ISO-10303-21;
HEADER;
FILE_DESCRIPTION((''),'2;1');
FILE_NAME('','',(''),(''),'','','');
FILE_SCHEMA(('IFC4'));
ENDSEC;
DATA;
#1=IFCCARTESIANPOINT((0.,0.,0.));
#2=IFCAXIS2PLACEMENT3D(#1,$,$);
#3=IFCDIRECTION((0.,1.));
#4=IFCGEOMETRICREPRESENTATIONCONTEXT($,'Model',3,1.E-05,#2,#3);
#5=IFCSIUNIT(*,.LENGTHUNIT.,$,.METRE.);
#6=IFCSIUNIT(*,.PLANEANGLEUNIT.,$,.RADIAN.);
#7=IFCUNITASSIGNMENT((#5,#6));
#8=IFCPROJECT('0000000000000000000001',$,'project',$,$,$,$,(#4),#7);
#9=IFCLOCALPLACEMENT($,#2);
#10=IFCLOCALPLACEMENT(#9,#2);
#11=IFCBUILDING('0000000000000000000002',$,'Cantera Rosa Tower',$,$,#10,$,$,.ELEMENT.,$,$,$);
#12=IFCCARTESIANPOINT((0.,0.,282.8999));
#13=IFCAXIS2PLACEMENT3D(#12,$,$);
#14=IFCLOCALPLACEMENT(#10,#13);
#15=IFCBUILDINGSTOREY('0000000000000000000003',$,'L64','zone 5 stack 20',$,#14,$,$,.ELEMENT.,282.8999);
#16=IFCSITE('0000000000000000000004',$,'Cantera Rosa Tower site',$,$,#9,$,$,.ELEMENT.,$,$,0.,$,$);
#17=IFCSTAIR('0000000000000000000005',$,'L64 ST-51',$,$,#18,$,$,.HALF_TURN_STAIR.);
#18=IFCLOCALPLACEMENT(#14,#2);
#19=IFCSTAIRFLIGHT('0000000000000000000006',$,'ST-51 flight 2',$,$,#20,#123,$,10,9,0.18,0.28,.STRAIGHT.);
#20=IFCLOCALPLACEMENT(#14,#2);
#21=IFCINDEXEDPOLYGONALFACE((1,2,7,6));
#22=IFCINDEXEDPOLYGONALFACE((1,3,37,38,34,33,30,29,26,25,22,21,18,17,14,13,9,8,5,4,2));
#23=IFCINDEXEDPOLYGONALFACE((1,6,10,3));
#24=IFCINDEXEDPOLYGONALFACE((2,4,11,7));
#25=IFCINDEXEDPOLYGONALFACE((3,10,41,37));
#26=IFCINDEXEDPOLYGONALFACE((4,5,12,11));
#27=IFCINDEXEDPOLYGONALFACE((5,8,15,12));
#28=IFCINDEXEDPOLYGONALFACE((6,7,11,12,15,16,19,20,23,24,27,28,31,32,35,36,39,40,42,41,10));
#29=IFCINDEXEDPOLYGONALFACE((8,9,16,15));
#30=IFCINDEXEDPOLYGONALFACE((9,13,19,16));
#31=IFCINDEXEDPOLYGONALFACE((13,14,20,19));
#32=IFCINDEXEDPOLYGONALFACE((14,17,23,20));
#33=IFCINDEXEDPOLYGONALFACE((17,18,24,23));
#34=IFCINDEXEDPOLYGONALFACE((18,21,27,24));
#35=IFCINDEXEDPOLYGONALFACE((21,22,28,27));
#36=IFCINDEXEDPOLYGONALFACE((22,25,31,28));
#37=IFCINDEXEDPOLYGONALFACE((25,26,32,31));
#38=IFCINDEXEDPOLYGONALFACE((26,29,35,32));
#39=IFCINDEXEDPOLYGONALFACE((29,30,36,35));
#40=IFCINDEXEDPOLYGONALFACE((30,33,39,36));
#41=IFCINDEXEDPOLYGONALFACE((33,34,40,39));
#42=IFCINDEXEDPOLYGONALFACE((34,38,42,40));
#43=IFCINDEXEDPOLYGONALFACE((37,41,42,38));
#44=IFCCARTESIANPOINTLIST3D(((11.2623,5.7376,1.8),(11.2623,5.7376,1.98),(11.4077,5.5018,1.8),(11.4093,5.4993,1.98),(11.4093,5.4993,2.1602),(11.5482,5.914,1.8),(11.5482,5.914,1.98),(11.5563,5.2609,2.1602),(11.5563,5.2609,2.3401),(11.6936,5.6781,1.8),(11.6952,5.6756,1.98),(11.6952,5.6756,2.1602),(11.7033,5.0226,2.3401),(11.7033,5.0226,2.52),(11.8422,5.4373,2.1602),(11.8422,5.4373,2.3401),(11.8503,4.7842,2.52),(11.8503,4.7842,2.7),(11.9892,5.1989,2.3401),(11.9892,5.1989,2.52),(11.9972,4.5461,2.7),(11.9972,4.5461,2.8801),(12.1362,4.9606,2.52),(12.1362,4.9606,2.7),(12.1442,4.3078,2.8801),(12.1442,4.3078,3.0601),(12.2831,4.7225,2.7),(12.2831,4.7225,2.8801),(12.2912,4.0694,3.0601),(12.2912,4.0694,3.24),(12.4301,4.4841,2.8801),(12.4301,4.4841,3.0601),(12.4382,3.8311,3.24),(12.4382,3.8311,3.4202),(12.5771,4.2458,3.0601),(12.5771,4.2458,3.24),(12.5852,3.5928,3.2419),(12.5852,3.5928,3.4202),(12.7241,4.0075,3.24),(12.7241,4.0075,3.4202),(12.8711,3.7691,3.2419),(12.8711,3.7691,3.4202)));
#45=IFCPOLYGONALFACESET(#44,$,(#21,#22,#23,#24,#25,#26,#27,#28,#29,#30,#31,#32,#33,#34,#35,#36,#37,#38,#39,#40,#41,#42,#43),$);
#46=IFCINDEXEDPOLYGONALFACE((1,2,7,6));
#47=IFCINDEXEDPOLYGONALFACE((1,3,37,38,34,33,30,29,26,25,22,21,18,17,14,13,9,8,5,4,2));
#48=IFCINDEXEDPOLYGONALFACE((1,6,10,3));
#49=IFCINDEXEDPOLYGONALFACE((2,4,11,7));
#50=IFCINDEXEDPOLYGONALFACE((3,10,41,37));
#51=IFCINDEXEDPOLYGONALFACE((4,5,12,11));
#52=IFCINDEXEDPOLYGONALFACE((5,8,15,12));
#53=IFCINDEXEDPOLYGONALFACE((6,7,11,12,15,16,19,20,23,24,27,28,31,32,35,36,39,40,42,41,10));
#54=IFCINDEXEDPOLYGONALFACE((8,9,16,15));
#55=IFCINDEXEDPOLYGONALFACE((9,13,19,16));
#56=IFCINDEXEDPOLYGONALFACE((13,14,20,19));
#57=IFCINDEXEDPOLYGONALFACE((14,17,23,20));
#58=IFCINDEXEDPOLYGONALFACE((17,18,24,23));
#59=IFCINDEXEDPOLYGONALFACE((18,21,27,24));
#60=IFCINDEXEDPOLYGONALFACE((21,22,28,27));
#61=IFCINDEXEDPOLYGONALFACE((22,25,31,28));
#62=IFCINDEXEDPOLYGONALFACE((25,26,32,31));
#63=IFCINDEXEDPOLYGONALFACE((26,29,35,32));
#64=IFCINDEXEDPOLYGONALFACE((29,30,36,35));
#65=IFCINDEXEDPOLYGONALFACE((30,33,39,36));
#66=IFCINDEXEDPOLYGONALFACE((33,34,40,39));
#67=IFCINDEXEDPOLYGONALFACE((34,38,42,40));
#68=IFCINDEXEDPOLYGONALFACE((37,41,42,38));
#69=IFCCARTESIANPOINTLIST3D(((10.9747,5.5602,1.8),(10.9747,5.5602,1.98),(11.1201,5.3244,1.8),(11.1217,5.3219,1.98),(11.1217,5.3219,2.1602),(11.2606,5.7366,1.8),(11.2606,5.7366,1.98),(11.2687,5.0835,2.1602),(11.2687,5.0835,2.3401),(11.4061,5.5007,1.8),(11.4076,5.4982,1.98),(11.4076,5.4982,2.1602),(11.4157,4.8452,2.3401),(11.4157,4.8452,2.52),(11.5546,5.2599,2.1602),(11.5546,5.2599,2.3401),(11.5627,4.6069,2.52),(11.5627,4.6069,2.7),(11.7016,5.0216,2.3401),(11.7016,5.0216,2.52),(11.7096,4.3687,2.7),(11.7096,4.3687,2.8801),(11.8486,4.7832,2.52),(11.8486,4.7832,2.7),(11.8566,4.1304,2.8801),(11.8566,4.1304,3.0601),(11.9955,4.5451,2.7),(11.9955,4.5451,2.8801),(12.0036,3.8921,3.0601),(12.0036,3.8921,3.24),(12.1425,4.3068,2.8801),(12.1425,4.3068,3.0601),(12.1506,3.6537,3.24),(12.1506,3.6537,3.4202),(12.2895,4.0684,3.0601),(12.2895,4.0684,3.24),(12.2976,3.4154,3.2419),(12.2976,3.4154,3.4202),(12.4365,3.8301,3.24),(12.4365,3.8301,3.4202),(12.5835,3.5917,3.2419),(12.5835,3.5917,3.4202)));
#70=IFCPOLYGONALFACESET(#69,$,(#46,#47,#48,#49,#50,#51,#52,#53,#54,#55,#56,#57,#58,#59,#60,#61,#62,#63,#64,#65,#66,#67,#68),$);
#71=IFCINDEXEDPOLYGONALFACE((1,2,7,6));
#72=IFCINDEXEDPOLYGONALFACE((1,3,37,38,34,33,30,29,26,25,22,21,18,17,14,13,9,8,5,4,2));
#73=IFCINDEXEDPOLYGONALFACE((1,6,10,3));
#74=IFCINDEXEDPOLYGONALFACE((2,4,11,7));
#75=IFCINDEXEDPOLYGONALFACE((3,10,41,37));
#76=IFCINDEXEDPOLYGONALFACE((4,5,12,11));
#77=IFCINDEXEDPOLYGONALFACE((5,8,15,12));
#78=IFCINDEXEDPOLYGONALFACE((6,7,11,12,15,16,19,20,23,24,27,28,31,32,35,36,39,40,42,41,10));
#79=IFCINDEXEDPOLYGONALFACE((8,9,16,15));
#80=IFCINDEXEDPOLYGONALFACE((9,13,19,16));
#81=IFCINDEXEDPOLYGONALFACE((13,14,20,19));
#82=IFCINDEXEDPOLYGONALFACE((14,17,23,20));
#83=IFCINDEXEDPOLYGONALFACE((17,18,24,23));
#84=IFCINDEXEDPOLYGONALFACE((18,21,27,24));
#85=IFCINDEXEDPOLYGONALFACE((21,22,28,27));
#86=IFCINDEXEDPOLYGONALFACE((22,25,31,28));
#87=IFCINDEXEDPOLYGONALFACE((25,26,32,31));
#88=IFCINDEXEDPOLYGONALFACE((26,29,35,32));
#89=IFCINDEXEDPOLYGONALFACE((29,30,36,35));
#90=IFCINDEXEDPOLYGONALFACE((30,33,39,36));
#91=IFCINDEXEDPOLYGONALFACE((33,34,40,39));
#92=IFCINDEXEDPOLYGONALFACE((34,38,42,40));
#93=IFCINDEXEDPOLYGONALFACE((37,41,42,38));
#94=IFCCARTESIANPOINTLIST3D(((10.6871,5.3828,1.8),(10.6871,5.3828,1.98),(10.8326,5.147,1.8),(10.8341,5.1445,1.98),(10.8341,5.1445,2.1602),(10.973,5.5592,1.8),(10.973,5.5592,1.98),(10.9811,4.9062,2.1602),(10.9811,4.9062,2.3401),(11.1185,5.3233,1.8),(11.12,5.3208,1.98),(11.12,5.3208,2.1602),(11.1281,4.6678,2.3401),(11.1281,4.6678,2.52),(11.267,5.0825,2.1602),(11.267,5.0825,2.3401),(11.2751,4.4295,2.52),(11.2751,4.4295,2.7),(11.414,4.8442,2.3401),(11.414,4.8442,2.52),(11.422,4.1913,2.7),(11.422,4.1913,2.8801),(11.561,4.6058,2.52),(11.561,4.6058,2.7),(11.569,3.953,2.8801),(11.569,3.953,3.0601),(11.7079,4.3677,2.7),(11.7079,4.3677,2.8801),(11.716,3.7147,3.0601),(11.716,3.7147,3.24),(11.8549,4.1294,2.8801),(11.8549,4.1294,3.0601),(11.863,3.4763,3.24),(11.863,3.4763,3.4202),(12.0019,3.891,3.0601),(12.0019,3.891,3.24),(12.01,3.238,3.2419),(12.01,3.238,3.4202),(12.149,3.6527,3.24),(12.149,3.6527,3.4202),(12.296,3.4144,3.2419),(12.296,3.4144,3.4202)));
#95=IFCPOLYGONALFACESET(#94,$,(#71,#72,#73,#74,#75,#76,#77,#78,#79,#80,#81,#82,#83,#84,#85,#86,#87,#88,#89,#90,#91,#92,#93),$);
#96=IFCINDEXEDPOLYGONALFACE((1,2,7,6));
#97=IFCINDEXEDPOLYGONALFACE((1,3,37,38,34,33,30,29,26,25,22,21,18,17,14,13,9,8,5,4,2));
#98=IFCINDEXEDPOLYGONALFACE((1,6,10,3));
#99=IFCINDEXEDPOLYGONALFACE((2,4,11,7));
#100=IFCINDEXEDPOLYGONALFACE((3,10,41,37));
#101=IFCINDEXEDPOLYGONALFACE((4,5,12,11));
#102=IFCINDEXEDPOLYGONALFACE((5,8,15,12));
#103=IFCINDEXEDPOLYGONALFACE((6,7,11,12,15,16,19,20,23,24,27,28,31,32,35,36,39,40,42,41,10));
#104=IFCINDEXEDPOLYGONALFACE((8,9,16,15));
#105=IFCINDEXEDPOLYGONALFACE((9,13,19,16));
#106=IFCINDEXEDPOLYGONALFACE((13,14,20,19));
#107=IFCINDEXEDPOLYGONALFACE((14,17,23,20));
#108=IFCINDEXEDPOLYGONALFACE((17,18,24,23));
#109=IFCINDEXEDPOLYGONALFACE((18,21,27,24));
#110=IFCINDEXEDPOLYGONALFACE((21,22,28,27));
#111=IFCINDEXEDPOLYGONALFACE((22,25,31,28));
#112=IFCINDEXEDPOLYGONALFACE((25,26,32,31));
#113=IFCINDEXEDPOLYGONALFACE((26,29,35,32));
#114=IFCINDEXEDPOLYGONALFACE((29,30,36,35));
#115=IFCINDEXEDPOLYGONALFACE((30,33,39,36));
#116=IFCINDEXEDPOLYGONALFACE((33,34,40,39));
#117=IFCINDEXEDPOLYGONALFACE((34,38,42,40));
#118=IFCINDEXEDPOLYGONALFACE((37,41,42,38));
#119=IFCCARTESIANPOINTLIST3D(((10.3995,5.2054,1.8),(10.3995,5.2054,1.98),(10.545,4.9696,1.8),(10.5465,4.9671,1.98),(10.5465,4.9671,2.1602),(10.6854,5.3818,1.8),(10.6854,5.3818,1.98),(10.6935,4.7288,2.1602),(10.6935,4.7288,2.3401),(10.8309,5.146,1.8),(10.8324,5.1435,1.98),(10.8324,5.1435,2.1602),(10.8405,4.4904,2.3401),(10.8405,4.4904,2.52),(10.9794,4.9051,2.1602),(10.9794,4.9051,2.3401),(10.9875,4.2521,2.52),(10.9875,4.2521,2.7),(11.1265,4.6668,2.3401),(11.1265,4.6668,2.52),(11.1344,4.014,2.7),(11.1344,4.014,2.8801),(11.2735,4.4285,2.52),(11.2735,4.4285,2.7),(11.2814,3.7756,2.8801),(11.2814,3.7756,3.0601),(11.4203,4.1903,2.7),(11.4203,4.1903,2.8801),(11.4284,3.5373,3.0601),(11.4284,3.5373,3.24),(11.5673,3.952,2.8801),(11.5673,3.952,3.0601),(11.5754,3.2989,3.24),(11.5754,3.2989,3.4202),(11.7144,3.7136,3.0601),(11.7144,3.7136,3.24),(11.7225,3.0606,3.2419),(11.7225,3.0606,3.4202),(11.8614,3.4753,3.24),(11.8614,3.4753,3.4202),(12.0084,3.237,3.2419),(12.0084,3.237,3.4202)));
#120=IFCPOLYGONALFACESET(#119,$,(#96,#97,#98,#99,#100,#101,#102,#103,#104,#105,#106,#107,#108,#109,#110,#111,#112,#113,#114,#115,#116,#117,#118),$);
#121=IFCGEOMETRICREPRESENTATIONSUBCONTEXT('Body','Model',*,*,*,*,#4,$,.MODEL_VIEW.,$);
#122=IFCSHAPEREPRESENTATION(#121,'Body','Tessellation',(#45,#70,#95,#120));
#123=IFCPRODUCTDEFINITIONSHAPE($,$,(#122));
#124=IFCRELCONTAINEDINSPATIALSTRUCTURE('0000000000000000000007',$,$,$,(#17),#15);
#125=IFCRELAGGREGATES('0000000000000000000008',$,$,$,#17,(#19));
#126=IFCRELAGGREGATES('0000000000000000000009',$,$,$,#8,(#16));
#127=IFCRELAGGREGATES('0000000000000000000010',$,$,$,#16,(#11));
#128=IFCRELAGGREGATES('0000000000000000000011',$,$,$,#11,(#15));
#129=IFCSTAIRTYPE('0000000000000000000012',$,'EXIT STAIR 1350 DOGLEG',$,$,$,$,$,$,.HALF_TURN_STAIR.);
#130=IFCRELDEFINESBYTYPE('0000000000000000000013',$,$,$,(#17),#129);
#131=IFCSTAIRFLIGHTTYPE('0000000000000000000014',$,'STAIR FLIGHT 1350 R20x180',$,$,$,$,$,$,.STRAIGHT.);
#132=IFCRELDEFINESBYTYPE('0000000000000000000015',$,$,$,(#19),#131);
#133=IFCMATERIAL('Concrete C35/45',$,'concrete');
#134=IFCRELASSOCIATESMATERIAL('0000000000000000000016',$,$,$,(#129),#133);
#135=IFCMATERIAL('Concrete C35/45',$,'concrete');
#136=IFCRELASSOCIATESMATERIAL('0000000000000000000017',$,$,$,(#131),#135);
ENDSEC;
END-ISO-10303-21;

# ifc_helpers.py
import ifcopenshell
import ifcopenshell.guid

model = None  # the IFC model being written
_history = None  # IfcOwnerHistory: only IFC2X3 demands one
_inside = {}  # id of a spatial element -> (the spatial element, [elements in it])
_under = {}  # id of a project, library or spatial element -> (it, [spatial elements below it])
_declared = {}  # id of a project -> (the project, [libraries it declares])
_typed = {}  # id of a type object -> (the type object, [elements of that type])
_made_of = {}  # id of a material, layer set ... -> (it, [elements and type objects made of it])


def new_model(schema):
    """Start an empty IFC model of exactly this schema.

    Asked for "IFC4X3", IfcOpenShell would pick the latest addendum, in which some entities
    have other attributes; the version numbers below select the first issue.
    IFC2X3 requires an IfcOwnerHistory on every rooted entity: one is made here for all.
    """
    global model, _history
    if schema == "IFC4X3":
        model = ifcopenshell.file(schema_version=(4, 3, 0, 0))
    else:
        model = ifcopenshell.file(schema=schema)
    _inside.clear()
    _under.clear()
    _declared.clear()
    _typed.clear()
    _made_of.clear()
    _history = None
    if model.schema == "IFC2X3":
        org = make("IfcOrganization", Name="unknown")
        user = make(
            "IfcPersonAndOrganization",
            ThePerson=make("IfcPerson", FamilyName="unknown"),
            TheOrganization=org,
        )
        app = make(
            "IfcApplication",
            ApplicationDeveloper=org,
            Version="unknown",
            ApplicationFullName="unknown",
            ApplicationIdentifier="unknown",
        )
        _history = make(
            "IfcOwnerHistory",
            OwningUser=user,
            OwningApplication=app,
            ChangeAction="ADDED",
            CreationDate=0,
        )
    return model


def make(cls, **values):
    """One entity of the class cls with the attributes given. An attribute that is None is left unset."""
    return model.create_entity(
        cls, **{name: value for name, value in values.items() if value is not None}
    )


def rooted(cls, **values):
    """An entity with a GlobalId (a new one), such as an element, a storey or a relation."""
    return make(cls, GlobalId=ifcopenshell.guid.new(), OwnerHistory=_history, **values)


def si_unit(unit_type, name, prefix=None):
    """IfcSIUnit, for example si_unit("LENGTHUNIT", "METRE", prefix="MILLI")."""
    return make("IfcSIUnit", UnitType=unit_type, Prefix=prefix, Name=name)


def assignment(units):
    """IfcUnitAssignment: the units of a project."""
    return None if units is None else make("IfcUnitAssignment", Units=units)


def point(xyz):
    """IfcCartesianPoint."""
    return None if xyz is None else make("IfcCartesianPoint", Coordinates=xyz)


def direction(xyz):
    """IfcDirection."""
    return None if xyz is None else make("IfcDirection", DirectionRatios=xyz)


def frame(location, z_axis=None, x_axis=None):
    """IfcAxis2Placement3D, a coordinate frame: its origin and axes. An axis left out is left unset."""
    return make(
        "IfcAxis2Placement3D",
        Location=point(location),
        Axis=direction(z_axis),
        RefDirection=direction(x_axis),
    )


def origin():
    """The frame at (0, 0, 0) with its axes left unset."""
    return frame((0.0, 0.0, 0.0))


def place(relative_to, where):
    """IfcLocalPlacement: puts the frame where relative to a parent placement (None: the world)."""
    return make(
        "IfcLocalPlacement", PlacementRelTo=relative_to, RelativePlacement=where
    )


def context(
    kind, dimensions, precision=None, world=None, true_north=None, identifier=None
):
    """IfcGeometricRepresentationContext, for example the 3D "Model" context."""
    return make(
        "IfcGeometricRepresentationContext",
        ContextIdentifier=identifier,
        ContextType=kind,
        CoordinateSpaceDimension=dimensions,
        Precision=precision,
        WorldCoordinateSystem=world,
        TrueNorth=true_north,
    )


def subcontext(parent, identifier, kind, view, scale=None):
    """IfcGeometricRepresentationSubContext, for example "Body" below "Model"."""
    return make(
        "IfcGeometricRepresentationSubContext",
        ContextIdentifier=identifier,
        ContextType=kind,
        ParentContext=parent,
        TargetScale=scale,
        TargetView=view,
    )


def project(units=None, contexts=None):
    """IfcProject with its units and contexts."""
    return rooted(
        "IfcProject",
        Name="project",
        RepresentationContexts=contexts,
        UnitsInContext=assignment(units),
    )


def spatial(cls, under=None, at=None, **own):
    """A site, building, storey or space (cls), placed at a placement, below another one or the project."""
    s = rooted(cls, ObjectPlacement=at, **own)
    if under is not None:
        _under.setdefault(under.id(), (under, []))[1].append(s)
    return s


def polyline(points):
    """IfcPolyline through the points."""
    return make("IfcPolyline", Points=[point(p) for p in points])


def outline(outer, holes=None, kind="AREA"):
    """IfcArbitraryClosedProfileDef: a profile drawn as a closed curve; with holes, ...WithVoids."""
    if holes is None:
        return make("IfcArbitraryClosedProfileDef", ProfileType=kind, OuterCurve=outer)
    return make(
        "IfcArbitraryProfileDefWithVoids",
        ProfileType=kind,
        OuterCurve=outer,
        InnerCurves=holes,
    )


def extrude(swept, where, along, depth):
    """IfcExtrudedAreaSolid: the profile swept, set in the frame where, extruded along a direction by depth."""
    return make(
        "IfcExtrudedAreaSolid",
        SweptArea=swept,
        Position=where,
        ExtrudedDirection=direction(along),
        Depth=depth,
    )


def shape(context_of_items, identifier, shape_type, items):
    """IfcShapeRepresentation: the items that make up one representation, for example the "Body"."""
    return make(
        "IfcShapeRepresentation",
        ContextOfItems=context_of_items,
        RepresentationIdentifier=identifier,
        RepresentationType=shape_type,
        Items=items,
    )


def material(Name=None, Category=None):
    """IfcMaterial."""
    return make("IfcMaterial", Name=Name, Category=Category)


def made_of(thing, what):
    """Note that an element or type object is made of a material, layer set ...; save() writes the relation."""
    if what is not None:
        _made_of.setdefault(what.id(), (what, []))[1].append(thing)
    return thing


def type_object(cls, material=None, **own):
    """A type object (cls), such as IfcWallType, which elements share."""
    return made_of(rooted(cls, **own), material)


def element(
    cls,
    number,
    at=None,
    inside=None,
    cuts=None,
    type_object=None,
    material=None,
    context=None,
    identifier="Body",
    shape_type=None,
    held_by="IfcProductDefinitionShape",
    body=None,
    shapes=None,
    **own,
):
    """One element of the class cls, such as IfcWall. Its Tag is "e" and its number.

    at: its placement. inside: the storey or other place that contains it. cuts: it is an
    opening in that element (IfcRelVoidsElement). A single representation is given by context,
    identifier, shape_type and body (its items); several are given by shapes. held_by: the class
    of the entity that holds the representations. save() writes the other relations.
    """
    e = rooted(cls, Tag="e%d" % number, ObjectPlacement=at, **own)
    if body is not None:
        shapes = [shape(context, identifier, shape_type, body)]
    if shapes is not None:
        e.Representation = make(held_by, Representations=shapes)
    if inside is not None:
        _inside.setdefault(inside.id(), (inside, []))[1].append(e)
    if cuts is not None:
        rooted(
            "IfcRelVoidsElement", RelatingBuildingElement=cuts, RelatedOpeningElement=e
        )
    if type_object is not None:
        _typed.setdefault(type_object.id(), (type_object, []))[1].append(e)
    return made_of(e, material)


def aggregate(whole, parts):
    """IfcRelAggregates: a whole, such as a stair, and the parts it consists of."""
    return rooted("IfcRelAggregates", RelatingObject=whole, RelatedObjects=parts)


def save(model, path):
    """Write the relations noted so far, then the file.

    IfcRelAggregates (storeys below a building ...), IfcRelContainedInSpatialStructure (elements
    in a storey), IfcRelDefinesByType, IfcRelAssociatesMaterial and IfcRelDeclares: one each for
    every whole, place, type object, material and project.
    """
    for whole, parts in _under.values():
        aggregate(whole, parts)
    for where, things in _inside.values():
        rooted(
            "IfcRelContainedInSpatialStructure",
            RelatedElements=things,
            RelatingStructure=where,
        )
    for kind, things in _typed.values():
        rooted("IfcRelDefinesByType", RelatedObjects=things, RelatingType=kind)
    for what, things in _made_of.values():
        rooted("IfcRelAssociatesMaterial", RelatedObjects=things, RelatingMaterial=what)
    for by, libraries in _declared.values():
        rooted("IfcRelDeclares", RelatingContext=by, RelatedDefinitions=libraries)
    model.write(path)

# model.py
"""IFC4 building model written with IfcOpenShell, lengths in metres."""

from ifc_helpers import new_model, si_unit, direction, frame, origin, place, context, subcontext, project, spatial, polyline, outline, extrude, material, type_object, element, aggregate, save


model = new_model("IFC4")

# Units and contexts
model_context = context("Model", 3, precision=1e-05, world=origin(), true_north=direction((0.0, 1.0)))
body_context = subcontext(model_context, "Body", "Model", "MODEL_VIEW")
ifc_project = project(units=[si_unit("LENGTHUNIT", "METRE"), si_unit("PLANEANGLEUNIT", "RADIAN")], contexts=[model_context])

# Site, building, storey
site_placement = place(None, origin())
site = spatial("IfcSite", under=ifc_project, at=site_placement, Name="Cantera Rosa Tower site", CompositionType="ELEMENT", RefElevation=0.0)
building_placement = place(site_placement, origin())
building = spatial("IfcBuilding", under=site, at=building_placement, Name="Cantera Rosa Tower", CompositionType="ELEMENT")
storey_placement = place(building_placement, frame((0.0, 0.0, 282.8999)))
storey = spatial("IfcBuildingStorey", under=building, at=storey_placement, Name="L64", Description="zone 5 stack 20", CompositionType="ELEMENT", Elevation=282.8999)

# Shared definitions
ifc_material_1 = material(Name="Concrete C35/45", Category="concrete")
stair_type_1 = type_object("IfcStairType", Name="EXIT STAIR 1350 DOGLEG", PredefinedType="HALF_TURN_STAIR", material=ifc_material_1)

# Stair, stair flight
stair_1_placement = place(storey_placement, origin())
stair_1 = element("IfcStair", 1, at=stair_1_placement, inside=storey, type_object=stair_type_1, Name="L64 ST-51", PredefinedType="HALF_TURN_STAIR")
ifc_material_2 = material(Name="Concrete C35/45", Category="concrete")
stair_flight_type = type_object("IfcStairFlightType", Name="STAIR FLIGHT 1350 R20x180", PredefinedType="STRAIGHT", material=ifc_material_2)
stair_flight_1_placement = place(storey_placement, frame((10.9736, 5.5596, 1.8), z_axis=(0.0, 0.0, 1.0), x_axis=(0.524977, -0.851117, 0.0)))
stair_flight_1 = element("IfcStairFlight", 2, at=stair_flight_1_placement, type_object=stair_flight_type, Name="ST-51 flight 2", NumberOfRisers=10, NumberOfTreads=9, PredefinedType="STRAIGHT", RiserHeight=0.18, TreadLength=0.28, context=body_context, shape_type="SweptSolid", body=[
    extrude(outline(polyline([(0.0, 0.0), (0.0, 0.1799), (0.28, 0.1799), (0.28, 0.3601), (0.5601, 0.3601), (0.5601, 0.54), (0.8401, 0.54), (0.8401, 0.72), (1.1201, 0.72), (1.1201, 0.8999), (1.3999, 0.8999), (1.3999, 1.0801), (1.6799, 1.0801), (1.6799, 1.26), (1.96, 1.26), (1.96, 1.4399), (2.24, 1.4399), (2.24, 1.6201), (2.52, 1.6201), (2.52, 1.8), (2.52, 1.4419), (0.2771, 0.0), (0.0, 0.0)])), frame((0.0, 0.675, 0.0), z_axis=(0.0, -1.0, 0.0), x_axis=(1.0, 0.0, 0.0)), (0.0, 0.0, 1.0), 0.3359),
    extrude(outline(polyline([(0.0, 0.0), (0.0, 0.1799), (0.28, 0.1799), (0.28, 0.3601), (0.5601, 0.3601), (0.5601, 0.54), (0.8401, 0.54), (0.8401, 0.72), (1.1201, 0.72), (1.1201, 0.8999), (1.3999, 0.8999), (1.3999, 1.0801), (1.6799, 1.0801), (1.6799, 1.26), (1.96, 1.26), (1.96, 1.4399), (2.24, 1.4399), (2.24, 1.6201), (2.52, 1.6201), (2.52, 1.8), (2.52, 1.4419), (0.2771, 0.0), (0.0, 0.0)])), frame((0.0, 0.3372, 0.0), z_axis=(0.0, -1.0, 0.0), x_axis=(1.0, 0.0, 0.0)), (0.0, 0.0, 1.0), 0.3359),
    extrude(outline(polyline([(0.0, 0.0), (0.0, 0.1799), (0.28, 0.1799), (0.28, 0.3601), (0.5601, 0.3601), (0.5601, 0.54), (0.8401, 0.54), (0.8401, 0.72), (1.1201, 0.72), (1.1201, 0.8999), (1.3999, 0.8999), (1.3999, 1.0801), (1.6799, 1.0801), (1.6799, 1.26), (1.96, 1.26), (1.96, 1.4399), (2.24, 1.4399), (2.24, 1.6201), (2.52, 1.6201), (2.52, 1.8), (2.52, 1.4419), (0.2771, 0.0), (0.0, 0.0)])), frame((0.0, -0.0007, 0.0), z_axis=(0.0, -1.0, 0.0), x_axis=(1.0, 0.0, 0.0)), (0.0, 0.0, 1.0), 0.3359),
    extrude(outline(polyline([(0.0, 0.0), (0.0, 0.1799), (0.28, 0.1799), (0.28, 0.3601), (0.5601, 0.3601), (0.5601, 0.54), (0.8401, 0.54), (0.8401, 0.72), (1.1201, 0.72), (1.1201, 0.8999), (1.3999, 0.8999), (1.3999, 1.0801), (1.6799, 1.0801), (1.6799, 1.26), (1.96, 1.26), (1.96, 1.4399), (2.24, 1.4399), (2.24, 1.6201), (2.52, 1.6201), (2.52, 1.8), (2.52, 1.4419), (0.2771, 0.0), (0.0, 0.0)])), frame((0.0, -0.3386, 0.0), z_axis=(0.0, -1.0, 0.0), x_axis=(1.0, 0.0, 0.0)), (0.0, 0.0, 1.0), 0.3359),
])
aggregate(stair_1, [stair_flight_1])

save(model, "model.ifc")
